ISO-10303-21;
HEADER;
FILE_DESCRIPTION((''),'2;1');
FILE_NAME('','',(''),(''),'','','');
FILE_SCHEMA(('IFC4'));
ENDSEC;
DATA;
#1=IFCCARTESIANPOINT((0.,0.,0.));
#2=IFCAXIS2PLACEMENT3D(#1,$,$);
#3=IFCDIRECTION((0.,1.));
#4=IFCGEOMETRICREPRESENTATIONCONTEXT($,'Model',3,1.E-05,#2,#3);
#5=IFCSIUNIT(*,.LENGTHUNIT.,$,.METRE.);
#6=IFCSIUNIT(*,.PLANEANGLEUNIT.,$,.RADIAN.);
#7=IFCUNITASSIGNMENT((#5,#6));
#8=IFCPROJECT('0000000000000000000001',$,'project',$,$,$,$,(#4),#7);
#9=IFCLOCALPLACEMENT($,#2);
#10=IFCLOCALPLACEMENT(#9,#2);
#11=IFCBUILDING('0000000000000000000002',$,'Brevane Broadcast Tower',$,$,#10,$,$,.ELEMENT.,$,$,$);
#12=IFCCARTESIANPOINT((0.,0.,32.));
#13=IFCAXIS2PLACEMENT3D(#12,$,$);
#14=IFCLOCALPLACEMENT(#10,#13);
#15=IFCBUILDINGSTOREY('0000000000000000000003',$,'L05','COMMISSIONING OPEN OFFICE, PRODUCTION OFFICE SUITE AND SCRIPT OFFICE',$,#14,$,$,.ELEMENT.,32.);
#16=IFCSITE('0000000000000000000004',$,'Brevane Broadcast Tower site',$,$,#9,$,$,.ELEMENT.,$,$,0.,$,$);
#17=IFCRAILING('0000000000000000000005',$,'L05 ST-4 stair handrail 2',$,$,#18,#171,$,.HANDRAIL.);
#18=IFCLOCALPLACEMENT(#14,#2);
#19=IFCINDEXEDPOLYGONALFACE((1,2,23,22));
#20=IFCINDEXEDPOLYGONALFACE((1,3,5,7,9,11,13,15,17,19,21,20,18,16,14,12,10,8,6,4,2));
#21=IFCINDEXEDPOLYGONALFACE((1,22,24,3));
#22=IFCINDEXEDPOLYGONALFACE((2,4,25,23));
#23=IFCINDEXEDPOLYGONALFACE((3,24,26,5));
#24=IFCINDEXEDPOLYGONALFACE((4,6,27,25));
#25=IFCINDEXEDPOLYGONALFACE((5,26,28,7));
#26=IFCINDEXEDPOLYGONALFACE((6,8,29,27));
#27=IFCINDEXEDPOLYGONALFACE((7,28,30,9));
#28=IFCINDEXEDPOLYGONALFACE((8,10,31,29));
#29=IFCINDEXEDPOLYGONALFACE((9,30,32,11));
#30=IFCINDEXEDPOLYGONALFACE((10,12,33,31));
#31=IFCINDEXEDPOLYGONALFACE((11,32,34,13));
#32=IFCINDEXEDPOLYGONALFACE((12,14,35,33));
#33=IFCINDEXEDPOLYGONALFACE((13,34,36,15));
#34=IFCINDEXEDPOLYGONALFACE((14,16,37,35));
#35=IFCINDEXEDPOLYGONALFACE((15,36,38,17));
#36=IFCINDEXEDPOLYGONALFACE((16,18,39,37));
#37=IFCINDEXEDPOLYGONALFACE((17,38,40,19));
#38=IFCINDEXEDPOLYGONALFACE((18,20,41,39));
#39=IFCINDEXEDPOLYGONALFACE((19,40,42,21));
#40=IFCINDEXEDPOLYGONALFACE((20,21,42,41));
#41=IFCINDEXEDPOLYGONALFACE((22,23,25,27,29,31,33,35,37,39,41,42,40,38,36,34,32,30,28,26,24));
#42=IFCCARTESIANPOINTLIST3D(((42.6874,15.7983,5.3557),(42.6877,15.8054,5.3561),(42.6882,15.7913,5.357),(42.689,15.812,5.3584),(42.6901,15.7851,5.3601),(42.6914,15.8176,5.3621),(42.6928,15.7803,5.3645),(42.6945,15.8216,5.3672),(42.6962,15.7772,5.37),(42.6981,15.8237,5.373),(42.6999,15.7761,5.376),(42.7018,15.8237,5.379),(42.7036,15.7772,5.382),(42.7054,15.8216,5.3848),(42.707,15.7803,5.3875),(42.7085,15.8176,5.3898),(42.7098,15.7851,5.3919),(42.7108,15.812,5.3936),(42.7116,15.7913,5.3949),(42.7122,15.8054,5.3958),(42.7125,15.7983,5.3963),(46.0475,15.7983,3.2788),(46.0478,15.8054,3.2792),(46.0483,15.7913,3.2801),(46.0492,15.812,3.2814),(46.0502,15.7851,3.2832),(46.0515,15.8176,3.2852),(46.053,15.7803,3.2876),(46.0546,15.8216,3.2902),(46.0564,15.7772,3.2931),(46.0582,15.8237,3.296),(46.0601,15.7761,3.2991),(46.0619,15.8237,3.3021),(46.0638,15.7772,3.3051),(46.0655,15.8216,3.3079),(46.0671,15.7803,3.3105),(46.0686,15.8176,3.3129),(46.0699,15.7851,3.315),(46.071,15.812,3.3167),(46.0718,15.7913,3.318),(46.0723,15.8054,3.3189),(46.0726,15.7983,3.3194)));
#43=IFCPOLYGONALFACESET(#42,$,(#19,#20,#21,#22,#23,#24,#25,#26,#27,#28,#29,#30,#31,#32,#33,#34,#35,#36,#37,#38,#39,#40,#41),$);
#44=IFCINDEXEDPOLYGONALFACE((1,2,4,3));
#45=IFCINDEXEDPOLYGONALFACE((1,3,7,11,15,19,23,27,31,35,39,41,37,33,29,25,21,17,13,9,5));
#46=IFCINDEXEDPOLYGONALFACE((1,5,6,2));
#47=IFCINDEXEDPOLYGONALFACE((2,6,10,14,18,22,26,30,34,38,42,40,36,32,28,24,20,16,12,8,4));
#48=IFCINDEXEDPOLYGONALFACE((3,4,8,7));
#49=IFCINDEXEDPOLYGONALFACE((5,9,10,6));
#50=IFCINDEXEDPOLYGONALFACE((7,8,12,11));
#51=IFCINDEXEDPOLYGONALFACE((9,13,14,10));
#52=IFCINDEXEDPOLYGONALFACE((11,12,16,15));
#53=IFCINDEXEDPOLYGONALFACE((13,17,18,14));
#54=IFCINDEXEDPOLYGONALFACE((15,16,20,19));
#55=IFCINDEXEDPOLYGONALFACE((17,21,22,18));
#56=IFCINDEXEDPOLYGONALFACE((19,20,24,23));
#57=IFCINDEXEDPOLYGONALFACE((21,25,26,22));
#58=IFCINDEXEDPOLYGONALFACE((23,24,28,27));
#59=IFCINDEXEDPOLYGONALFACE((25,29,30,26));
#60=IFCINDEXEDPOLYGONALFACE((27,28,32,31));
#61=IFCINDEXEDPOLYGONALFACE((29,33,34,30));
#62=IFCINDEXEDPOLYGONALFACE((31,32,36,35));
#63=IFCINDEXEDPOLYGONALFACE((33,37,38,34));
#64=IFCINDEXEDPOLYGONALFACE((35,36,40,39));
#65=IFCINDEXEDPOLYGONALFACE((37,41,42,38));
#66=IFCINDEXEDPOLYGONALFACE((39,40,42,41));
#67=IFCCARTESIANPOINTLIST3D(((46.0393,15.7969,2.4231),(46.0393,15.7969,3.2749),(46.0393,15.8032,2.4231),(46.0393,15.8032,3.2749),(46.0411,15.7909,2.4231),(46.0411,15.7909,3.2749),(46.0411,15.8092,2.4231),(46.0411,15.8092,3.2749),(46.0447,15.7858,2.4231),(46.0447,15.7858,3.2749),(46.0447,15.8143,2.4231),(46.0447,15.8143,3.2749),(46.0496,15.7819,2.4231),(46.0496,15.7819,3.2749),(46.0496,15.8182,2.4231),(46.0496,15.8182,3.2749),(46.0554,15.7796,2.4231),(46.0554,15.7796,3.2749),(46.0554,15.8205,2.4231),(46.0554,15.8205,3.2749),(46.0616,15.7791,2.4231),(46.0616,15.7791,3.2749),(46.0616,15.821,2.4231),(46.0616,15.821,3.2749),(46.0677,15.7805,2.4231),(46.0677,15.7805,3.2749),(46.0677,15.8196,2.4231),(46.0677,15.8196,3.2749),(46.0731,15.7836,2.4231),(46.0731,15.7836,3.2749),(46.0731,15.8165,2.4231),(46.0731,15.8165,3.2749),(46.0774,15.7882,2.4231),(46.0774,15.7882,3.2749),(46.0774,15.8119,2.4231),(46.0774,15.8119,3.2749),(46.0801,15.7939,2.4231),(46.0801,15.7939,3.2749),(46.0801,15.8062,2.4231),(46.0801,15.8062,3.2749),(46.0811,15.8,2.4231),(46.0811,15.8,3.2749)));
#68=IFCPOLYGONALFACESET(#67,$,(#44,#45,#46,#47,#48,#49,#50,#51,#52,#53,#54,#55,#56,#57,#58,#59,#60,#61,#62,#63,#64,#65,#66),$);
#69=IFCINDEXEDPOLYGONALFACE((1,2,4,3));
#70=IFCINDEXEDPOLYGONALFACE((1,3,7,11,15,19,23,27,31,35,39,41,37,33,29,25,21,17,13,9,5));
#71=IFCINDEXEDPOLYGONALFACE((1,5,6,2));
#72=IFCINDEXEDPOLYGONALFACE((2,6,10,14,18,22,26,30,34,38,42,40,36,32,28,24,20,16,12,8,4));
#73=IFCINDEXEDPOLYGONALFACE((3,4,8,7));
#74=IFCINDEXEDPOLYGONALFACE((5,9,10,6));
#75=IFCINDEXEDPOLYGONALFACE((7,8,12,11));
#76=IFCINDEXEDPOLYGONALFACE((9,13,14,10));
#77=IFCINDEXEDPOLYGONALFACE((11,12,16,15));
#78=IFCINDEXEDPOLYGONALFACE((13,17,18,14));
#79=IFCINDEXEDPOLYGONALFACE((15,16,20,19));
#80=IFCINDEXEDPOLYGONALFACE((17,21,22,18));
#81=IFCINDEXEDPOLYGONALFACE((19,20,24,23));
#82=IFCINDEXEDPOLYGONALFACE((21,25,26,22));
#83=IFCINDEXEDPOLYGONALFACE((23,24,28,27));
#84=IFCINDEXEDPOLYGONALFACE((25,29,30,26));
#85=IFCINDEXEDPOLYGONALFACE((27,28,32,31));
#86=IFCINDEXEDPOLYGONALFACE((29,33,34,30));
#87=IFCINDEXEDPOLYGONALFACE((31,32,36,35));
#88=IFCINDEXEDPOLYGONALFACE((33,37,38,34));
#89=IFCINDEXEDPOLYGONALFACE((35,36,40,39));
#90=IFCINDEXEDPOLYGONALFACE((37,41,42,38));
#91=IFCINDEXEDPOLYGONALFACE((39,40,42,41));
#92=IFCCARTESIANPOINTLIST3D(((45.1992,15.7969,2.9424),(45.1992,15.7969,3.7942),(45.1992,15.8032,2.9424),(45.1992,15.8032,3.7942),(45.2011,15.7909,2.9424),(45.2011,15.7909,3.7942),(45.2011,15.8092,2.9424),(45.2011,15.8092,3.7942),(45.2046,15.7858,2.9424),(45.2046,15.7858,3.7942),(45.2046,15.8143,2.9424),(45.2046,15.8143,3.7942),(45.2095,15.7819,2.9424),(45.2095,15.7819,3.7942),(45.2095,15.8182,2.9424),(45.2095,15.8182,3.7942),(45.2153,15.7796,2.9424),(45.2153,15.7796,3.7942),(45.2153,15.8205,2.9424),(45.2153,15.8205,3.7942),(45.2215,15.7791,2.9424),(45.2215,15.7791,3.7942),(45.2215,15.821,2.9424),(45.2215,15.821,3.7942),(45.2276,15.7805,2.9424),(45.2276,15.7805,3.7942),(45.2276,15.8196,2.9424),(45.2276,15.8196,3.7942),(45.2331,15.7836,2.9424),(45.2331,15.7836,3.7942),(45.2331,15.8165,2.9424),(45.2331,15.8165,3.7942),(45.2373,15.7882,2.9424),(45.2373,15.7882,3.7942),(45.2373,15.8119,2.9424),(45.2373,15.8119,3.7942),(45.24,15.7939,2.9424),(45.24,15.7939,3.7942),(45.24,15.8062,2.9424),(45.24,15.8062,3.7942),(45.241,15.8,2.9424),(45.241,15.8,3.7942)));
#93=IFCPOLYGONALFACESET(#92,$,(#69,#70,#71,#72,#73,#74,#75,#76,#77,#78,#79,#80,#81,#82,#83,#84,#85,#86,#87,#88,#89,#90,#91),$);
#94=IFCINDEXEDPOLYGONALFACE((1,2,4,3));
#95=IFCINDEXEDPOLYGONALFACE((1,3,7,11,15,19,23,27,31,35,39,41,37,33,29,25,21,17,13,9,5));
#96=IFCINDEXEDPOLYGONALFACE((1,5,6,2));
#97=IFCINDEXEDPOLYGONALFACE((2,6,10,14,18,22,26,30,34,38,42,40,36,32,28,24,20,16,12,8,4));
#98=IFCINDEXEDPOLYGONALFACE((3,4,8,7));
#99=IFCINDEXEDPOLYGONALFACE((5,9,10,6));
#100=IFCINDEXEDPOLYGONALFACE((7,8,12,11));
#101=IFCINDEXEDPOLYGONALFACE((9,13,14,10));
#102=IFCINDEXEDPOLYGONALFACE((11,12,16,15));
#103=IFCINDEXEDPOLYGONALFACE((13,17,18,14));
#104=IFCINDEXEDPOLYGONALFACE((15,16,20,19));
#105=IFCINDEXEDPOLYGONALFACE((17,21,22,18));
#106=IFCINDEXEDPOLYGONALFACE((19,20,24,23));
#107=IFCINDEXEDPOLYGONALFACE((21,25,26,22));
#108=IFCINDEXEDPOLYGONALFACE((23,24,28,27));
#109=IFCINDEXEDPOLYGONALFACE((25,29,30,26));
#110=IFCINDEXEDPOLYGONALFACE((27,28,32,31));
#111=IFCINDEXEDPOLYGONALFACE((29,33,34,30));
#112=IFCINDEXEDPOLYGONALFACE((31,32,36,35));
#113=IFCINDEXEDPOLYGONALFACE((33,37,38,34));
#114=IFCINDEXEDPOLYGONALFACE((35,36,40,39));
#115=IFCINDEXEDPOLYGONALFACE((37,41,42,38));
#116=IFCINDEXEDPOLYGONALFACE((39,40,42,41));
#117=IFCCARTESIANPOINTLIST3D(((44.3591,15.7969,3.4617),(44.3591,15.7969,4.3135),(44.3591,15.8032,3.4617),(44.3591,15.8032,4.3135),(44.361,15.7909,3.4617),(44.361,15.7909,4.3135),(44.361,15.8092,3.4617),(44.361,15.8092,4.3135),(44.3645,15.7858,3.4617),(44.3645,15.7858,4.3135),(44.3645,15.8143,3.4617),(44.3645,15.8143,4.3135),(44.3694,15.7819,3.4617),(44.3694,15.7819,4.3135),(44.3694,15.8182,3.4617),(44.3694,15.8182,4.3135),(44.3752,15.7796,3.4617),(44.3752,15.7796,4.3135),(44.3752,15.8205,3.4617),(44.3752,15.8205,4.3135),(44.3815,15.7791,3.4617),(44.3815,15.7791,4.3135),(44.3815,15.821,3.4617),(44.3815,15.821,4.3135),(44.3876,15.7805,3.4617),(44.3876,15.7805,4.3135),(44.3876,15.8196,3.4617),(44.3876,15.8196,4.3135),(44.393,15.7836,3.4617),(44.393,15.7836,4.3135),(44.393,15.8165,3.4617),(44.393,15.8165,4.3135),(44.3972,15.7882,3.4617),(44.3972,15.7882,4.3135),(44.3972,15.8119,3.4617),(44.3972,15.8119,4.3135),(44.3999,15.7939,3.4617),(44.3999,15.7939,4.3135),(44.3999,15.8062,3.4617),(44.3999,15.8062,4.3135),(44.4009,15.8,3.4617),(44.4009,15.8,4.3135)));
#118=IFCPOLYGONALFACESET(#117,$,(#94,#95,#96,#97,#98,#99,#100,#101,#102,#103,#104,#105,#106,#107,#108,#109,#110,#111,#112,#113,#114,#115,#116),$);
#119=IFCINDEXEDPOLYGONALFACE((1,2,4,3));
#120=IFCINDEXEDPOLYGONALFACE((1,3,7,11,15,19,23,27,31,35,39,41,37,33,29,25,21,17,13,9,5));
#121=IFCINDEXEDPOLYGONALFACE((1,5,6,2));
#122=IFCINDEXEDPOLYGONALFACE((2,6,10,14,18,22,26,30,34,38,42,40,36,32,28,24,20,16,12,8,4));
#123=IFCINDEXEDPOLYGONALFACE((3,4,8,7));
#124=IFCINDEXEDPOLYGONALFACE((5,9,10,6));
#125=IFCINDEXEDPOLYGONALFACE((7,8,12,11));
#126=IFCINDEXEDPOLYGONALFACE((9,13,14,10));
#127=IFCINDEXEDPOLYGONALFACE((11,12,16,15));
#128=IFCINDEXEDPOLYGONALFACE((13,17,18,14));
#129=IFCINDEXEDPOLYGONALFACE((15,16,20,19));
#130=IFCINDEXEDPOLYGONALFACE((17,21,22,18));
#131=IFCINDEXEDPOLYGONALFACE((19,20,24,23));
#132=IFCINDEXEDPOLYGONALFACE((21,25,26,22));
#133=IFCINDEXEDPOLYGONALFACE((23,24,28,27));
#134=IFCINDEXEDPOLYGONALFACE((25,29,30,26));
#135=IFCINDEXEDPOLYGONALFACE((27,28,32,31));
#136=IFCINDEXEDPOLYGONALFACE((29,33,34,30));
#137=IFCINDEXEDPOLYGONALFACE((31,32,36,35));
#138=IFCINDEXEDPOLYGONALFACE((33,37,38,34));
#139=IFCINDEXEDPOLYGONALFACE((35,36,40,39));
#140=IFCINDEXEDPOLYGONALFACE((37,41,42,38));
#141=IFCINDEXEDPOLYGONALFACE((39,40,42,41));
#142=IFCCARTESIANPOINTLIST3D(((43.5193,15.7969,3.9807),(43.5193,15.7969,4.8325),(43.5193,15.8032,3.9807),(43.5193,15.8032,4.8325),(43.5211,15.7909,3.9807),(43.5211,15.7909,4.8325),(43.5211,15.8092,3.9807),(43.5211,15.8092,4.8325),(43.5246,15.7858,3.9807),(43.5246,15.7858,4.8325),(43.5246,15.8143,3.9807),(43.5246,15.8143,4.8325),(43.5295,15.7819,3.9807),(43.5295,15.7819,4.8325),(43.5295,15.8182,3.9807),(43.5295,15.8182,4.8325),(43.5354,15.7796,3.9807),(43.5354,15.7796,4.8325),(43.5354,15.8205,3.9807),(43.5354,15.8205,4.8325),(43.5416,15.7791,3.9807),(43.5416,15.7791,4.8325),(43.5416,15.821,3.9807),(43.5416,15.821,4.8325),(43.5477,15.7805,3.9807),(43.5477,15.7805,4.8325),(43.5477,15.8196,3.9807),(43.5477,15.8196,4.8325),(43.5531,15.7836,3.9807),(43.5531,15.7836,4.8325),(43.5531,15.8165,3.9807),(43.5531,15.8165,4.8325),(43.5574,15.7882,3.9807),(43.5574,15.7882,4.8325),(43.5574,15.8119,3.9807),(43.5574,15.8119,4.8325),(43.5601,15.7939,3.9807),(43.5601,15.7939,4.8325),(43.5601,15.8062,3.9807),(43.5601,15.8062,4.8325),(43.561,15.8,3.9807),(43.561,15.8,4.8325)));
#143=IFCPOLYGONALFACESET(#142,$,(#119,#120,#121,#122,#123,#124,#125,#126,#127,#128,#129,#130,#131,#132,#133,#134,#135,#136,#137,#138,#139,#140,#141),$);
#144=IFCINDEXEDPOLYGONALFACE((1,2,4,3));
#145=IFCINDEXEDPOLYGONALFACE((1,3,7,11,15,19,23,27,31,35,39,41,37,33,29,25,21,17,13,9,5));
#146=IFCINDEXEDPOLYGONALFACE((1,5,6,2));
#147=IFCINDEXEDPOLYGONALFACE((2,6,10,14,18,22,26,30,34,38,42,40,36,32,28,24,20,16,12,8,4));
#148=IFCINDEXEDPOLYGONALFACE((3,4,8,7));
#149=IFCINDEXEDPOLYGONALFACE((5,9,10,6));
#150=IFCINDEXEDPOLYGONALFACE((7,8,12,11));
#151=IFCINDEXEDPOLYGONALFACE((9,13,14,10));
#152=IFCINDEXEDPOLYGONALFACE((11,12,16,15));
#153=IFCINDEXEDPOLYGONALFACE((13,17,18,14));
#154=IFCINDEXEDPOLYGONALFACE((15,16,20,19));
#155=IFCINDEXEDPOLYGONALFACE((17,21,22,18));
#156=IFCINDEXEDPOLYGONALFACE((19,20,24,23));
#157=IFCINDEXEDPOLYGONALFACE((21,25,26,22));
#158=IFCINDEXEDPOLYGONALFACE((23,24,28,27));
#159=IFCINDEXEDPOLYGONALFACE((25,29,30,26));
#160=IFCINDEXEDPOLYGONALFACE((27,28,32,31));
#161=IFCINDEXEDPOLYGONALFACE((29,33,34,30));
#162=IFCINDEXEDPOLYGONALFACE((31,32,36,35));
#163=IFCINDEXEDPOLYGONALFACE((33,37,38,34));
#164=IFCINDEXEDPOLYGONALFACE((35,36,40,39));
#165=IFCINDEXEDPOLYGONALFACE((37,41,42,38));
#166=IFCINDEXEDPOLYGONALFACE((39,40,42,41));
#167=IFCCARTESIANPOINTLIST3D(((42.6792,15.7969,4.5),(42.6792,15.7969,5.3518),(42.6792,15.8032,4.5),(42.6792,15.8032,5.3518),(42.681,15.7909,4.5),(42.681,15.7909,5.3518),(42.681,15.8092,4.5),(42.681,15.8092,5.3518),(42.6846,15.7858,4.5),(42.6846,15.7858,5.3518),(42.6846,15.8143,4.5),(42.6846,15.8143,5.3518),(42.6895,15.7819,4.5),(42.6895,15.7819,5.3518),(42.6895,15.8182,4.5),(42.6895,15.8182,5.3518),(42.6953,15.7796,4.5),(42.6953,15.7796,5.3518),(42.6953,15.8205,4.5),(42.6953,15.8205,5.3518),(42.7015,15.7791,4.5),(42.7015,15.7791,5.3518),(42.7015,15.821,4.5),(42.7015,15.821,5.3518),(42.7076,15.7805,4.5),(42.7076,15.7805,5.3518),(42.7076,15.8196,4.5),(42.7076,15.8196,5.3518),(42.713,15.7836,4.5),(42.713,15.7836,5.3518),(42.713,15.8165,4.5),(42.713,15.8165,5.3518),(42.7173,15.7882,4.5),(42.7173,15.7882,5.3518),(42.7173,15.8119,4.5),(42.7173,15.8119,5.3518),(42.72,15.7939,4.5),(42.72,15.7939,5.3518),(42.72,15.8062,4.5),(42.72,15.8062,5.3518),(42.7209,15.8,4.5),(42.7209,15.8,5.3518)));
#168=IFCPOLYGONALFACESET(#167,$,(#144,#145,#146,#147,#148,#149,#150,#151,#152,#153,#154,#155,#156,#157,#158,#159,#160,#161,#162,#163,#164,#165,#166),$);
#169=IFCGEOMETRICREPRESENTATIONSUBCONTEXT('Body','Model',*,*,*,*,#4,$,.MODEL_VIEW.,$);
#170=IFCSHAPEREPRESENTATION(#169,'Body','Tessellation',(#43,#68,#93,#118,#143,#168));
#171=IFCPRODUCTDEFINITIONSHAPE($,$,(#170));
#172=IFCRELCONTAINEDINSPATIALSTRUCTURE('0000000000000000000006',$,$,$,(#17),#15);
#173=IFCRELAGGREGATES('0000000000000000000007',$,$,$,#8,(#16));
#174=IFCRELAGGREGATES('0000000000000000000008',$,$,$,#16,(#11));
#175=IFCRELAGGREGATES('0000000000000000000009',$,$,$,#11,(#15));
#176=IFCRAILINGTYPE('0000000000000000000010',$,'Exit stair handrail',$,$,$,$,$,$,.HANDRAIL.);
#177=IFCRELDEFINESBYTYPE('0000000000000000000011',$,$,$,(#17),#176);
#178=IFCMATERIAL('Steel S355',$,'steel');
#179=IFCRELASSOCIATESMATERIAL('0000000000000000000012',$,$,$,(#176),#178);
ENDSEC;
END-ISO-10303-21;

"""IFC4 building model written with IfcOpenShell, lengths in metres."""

from ifc_helpers import new_model, si_unit, direction, frame, origin, origin_2d, place, context, subcontext, project, spatial, circle, extrude, material, type_object, element, save


model = new_model("IFC4")

# Units and contexts
model_context = context("Model", 3, precision=1e-05, world=origin(), true_north=direction((0.0, 1.0)))
body_context = subcontext(model_context, "Body", "Model", "MODEL_VIEW")
ifc_project = project(units=[si_unit("LENGTHUNIT", "METRE"), si_unit("PLANEANGLEUNIT", "RADIAN")], contexts=[model_context])

# Site, building, storey
site_placement = place(None, origin())
site = spatial("IfcSite", under=ifc_project, at=site_placement, Name="Brevane Broadcast Tower site", CompositionType="ELEMENT", RefElevation=0.0)
building_placement = place(site_placement, origin())
building = spatial("IfcBuilding", under=site, at=building_placement, Name="Brevane Broadcast Tower", CompositionType="ELEMENT")
storey_placement = place(building_placement, frame((0.0, 0.0, 32.0)))
storey = spatial("IfcBuildingStorey", under=building, at=storey_placement, Name="L05", Description="COMMISSIONING OPEN OFFICE, PRODUCTION OFFICE SUITE AND SCRIPT OFFICE", CompositionType="ELEMENT", Elevation=32.0)

# Railing
ifc_material_1 = material(Name="Steel S355", Category="steel")
railing_type_1 = type_object("IfcRailingType", Name="Exit stair handrail", PredefinedType="HANDRAIL", material=ifc_material_1)
railing_1_placement = place(storey_placement, frame((46.0601, 15.8, 2.4231)))
element("IfcRailing", 1, at=railing_1_placement, inside=storey, type_object=railing_type_1, Name="L05 ST-4 stair handrail 2", PredefinedType="HANDRAIL", context=body_context, shape_type="SweptSolid", body=[
    extrude(circle(Radius=0.0239, at=origin_2d()), frame((0.0, 0.0, 0.876), z_axis=(-0.850623, 0.0, 0.525776), x_axis=(0.0, -1.0, 0.0)), (0.0, 0.0, 1.0), 3.9502),
    extrude(circle(Radius=0.021, at=origin_2d()), origin(), (0.0, 0.0, 1.0), 0.8518),
    extrude(circle(Radius=0.021, at=origin_2d()), frame((-0.8401, 0.0, 0.5193)), (0.0, 0.0, 1.0), 0.8518),
    extrude(circle(Radius=0.021, at=origin_2d()), frame((-1.6802, 0.0, 1.0386)), (0.0, 0.0, 1.0), 0.8518),
    extrude(circle(Radius=0.021, at=origin_2d()), frame((-2.52, 0.0, 1.5576)), (0.0, 0.0, 1.0), 0.8518),
    extrude(circle(Radius=0.021, at=origin_2d()), frame((-3.3601, 0.0, 2.0769)), (0.0, 0.0, 1.0), 0.8518),
])

save(model, "model.ifc")
